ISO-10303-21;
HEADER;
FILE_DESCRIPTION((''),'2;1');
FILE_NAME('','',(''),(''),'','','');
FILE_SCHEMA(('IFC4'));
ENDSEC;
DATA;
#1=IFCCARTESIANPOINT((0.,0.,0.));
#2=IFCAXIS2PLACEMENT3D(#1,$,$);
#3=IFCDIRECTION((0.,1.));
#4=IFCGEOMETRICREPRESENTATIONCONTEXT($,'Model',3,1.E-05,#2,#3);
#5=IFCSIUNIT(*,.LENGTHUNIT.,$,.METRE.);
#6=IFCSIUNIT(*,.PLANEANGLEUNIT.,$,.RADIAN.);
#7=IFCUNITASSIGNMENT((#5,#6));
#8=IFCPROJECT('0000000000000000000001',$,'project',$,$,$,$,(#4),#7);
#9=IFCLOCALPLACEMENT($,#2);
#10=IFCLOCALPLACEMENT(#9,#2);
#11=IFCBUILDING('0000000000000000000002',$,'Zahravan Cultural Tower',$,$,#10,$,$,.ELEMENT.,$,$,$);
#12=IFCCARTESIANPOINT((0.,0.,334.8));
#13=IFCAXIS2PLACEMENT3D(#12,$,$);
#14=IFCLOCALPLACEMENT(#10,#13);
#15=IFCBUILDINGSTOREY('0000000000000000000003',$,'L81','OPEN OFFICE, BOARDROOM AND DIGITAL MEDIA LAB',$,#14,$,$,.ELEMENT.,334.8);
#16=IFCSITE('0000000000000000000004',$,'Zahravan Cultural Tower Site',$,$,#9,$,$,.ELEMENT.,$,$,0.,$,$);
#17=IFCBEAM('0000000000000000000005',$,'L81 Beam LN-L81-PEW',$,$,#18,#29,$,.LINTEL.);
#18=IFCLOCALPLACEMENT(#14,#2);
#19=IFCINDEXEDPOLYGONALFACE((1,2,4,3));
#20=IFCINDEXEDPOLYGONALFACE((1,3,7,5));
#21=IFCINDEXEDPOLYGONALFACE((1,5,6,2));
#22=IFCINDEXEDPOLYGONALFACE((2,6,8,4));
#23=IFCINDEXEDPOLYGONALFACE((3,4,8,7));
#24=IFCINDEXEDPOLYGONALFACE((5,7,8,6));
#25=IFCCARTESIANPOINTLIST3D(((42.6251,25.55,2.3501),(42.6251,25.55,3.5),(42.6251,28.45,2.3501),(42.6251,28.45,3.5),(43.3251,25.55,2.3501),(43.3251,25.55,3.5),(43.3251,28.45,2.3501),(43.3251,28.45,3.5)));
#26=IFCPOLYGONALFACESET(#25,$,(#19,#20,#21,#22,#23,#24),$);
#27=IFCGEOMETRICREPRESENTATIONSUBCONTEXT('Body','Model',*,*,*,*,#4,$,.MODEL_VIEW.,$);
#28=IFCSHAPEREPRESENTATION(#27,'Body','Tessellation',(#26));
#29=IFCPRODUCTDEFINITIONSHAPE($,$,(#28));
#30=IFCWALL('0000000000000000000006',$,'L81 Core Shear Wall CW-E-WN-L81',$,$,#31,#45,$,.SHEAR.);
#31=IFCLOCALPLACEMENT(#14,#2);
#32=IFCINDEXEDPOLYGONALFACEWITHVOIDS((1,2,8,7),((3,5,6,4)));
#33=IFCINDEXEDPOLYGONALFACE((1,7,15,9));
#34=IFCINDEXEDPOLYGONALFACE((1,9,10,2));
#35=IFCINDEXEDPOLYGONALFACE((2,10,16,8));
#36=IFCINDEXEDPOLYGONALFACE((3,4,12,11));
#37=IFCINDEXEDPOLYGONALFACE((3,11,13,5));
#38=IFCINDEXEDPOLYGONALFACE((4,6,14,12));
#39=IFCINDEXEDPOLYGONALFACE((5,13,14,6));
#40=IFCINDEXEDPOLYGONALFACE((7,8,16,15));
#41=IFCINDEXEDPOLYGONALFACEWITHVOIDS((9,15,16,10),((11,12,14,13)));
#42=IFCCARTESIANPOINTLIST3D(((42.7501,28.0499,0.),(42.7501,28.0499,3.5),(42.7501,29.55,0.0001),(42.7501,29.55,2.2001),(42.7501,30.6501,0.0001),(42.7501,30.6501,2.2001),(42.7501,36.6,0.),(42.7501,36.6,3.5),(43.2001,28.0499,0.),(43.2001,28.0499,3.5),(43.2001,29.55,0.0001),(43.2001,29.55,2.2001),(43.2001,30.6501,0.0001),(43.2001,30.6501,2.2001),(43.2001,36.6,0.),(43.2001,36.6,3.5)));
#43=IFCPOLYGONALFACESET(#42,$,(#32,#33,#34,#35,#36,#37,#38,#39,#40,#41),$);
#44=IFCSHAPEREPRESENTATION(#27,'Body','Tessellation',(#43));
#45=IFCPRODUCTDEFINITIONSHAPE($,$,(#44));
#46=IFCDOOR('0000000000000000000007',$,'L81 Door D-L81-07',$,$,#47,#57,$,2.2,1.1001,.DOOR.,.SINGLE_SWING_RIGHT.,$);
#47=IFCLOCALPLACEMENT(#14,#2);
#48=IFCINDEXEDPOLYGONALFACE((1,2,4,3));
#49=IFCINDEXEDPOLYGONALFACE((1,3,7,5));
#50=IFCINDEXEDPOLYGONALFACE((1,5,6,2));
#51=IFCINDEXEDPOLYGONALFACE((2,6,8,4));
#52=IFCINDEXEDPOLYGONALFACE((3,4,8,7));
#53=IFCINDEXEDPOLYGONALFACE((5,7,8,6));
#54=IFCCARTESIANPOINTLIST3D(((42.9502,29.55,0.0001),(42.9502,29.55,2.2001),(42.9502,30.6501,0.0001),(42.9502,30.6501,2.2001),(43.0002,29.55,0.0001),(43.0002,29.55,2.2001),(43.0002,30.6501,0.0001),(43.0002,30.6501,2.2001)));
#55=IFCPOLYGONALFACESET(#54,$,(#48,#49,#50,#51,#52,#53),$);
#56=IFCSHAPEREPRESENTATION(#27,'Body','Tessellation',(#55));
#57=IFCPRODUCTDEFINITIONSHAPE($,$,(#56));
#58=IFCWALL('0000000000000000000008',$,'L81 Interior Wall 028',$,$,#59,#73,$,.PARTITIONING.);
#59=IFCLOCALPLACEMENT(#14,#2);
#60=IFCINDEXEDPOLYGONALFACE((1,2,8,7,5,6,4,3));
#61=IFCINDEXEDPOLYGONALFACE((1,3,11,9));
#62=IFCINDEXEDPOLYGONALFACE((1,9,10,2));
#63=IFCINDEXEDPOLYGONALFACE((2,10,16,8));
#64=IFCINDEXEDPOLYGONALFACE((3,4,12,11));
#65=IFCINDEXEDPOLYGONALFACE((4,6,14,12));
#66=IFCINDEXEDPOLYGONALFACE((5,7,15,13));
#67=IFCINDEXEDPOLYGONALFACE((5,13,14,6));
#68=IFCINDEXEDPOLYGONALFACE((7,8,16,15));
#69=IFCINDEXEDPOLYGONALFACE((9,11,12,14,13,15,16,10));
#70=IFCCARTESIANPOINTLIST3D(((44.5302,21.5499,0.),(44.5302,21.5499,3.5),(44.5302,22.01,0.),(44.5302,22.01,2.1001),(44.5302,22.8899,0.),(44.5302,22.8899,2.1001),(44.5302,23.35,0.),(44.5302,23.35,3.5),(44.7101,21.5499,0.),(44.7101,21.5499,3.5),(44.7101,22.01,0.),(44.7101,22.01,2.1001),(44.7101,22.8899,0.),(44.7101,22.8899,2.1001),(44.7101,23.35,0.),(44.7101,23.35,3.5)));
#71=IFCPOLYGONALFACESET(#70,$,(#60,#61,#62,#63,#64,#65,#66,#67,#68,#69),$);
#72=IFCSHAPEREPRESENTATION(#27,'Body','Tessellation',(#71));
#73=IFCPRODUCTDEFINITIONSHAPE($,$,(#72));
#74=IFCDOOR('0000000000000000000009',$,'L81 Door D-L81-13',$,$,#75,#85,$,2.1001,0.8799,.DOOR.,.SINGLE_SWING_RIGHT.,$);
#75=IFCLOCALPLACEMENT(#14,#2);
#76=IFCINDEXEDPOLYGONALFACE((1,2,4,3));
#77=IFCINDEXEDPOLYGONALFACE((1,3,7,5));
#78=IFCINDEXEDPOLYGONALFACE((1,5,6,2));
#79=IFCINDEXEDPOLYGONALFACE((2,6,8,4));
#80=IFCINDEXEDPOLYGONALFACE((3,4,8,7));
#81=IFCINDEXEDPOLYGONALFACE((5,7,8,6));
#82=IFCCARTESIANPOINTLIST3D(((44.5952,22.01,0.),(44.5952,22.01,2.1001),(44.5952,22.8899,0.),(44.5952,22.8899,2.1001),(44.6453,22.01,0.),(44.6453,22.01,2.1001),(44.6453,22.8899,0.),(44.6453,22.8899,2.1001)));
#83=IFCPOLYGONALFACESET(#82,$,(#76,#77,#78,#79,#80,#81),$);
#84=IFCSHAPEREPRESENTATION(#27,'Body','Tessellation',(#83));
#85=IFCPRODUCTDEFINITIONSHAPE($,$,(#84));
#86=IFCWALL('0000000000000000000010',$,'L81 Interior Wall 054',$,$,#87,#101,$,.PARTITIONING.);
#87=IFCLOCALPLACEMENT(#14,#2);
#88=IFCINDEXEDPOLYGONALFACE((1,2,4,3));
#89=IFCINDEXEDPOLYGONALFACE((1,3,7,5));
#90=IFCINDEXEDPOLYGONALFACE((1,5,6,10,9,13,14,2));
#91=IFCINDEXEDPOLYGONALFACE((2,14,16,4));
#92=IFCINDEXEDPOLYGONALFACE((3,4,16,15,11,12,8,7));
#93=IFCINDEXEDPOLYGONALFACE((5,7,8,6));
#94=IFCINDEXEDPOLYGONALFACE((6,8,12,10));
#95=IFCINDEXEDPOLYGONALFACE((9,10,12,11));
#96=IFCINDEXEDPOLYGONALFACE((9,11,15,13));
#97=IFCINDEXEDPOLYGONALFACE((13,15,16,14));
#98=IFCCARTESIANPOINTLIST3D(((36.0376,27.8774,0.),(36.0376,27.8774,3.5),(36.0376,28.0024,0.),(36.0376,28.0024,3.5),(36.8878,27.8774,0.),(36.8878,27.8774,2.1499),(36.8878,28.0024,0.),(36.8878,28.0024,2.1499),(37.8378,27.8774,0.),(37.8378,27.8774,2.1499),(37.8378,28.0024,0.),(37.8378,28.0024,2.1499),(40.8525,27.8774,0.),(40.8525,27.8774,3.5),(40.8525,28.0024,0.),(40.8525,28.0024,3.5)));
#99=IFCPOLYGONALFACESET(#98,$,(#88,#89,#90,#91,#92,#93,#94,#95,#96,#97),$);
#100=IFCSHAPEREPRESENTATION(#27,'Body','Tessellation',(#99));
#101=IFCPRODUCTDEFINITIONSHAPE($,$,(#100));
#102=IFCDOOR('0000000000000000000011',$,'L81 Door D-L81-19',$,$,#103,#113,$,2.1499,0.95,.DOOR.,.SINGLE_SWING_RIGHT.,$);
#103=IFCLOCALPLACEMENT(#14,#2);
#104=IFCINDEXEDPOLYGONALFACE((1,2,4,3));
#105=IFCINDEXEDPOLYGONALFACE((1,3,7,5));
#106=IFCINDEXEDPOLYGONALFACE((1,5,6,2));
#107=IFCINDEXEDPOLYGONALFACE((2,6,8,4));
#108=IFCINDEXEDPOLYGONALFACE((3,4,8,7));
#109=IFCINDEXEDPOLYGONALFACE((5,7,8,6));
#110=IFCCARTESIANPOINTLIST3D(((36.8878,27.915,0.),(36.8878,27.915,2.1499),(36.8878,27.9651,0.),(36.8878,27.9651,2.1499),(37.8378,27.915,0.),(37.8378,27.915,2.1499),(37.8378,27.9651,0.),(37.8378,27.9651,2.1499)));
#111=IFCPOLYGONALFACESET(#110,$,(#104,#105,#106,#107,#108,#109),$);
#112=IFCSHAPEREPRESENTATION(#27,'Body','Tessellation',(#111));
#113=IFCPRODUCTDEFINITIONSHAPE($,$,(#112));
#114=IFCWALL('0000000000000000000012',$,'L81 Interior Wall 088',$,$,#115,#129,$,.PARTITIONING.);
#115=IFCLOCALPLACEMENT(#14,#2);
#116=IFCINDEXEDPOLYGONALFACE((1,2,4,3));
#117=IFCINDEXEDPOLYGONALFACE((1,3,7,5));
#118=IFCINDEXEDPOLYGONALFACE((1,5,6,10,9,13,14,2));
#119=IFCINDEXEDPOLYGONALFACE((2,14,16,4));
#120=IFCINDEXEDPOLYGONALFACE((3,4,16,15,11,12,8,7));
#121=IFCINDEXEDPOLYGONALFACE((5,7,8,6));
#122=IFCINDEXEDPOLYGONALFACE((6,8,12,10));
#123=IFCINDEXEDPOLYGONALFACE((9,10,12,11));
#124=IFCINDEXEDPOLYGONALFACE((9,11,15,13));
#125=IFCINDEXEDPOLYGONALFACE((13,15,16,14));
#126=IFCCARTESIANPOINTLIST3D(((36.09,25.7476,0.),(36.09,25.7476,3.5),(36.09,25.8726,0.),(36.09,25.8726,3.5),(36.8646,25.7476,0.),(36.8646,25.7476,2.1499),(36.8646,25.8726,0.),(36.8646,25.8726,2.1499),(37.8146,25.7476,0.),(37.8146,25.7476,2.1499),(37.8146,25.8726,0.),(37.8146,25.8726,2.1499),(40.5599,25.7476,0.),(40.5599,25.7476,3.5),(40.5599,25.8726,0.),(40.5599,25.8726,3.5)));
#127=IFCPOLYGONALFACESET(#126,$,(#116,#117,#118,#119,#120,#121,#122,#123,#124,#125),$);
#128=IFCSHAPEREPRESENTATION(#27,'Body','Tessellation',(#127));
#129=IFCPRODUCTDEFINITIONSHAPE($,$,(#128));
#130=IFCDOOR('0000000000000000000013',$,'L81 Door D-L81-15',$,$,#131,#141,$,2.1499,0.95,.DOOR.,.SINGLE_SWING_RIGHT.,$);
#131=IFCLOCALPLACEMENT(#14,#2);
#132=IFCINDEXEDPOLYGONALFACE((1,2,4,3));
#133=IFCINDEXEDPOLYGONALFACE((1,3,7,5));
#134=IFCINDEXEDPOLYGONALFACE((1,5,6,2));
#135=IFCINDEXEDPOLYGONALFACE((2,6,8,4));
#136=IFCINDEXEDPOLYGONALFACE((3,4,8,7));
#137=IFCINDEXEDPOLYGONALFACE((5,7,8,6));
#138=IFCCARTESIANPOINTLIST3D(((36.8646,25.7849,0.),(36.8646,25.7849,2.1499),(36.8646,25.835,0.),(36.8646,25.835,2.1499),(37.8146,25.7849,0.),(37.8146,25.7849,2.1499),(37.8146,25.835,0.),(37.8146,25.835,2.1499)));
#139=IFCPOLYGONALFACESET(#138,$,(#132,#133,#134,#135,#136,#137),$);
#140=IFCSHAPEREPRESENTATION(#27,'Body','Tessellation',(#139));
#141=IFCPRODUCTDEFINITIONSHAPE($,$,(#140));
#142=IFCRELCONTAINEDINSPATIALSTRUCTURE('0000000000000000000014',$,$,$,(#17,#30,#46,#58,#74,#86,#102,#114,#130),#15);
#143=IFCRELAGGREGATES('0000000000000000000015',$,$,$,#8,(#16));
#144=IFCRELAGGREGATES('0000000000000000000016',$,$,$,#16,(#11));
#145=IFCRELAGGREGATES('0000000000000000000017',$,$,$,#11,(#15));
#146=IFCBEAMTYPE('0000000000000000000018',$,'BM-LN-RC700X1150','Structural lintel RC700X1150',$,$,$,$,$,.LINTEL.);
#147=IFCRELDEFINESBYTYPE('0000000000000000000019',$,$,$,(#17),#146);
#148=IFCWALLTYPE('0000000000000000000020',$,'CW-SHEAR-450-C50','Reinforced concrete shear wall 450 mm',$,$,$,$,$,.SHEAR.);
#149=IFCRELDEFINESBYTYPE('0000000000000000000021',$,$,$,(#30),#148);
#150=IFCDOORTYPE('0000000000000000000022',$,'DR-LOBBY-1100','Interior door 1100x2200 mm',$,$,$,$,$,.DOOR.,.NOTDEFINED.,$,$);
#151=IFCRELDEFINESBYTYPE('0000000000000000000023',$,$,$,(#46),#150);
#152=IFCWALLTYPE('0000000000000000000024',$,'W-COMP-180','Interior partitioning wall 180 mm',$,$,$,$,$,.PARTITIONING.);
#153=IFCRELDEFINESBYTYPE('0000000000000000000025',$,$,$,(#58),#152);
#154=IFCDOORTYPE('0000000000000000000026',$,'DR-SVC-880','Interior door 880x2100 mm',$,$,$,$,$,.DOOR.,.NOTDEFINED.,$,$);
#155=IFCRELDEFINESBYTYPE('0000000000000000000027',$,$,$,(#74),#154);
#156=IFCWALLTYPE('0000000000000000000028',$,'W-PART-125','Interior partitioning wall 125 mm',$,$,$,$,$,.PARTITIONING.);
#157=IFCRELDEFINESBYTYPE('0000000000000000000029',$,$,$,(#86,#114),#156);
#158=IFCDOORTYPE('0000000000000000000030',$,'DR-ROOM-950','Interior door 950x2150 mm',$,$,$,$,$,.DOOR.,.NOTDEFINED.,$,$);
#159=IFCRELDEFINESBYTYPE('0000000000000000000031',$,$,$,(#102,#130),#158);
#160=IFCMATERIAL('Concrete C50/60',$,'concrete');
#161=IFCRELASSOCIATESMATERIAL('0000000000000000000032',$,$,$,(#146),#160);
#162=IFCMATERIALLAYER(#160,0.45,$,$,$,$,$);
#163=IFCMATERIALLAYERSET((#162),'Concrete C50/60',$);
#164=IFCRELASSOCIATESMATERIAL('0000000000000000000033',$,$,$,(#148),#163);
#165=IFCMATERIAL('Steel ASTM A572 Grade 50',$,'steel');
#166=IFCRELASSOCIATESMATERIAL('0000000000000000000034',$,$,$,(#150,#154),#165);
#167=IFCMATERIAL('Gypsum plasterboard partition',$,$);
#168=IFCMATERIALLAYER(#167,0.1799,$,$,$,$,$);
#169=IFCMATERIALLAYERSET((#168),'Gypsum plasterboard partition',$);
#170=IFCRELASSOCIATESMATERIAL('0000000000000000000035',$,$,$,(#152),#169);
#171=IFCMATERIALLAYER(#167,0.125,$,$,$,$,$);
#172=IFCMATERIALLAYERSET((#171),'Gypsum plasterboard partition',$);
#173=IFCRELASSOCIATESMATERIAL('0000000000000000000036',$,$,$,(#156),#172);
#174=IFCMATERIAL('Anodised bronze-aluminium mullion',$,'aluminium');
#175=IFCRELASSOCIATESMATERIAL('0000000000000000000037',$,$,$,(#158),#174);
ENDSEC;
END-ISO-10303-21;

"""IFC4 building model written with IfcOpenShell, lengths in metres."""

from ifc_helpers import new_model, si_unit, direction, frame, frame_2d, origin, origin_2d, place, context, subcontext, project, spatial, rectangle, extrude, source, transform, mapped, material, layer, layer_set, material_profile, profile_set, type_object, element, fill, save


model = new_model("IFC4")

# Units and contexts
model_context = context("Model", 3, precision=1e-05, world=origin(), true_north=direction((0.0, 1.0)))
body_context = subcontext(model_context, "Body", "Model", "MODEL_VIEW")
ifc_project = project(units=[si_unit("LENGTHUNIT", "METRE"), si_unit("PLANEANGLEUNIT", "RADIAN")], contexts=[model_context])

# Site, building, storey
site_placement = place(None, origin())
site = spatial("IfcSite", under=ifc_project, at=site_placement, Name="Zahravan Cultural Tower Site", CompositionType="ELEMENT", RefElevation=0.0)
building_placement = place(site_placement, origin())
building = spatial("IfcBuilding", under=site, at=building_placement, Name="Zahravan Cultural Tower", CompositionType="ELEMENT")
storey_placement = place(building_placement, frame((0.0, 0.0, 334.8)))
storey = spatial("IfcBuildingStorey", under=building, at=storey_placement, Name="L81", Description="OPEN OFFICE, BOARDROOM AND DIGITAL MEDIA LAB", CompositionType="ELEMENT", Elevation=334.8)

# Beam
ifc_material_1 = material(Name="Concrete C50/60", Category="concrete")
ifc_material_profile = material_profile(ifc_material_1, rectangle(XDim=0.7, YDim=1.1499, at=origin_2d()), Name="RC700X1150")
ifc_profile_set = profile_set([ifc_material_profile], Name="Concrete C50/60")
beam_type = type_object("IfcBeamType", Name="BM-LN-RC700X1150", Description="Structural lintel RC700X1150", PredefinedType="LINTEL", material=ifc_profile_set)
shared_shape_1 = source(origin(), body_context, "Body", "SweptSolid", [
    extrude(rectangle(XDim=0.7, YDim=1.1499, at=origin_2d()), origin(), (0.0, 0.0, 1.0), 2.8999),
])
beam_placement = place(storey_placement, frame((42.9751, 25.55, 2.925), z_axis=(0.0, 1.0, 0.0), x_axis=(-1.0, 0.0, 0.0)))
element("IfcBeam", 1, at=beam_placement, inside=storey, type_object=beam_type, Name="L81 Beam LN-L81-PEW", PredefinedType="LINTEL", context=body_context, shape_type="MappedRepresentation", body=[
    mapped(shared_shape_1, transform((0.0, 0.0, 0.0), x_axis=(1.0, 0.0, 0.0), y_axis=(0.0, 1.0, 0.0), z_axis=(0.0, 0.0, 1.0), scale=1.0)),
])

# Walls, openings, doors
ifc_layer_1 = layer(ifc_material_1, 0.45)
ifc_layer_set_1 = layer_set([ifc_layer_1], Name="Concrete C50/60")
wall_type_1 = type_object("IfcWallType", Name="CW-SHEAR-450-C50", Description="Reinforced concrete shear wall 450 mm", PredefinedType="SHEAR", material=ifc_layer_set_1)
wall_1_placement = place(storey_placement, frame((42.9751, 28.05, 0.0), z_axis=(0.0, 0.0, 1.0), x_axis=(0.0, 1.0, 0.0)))
wall_1 = element("IfcWall", 2, at=wall_1_placement, inside=storey, type_object=wall_type_1, Name="L81 Core Shear Wall CW-E-WN-L81", PredefinedType="SHEAR", context=body_context, shape_type="SweptSolid", body=[
    extrude(rectangle(XDim=8.55, YDim=0.45, at=frame_2d((4.2749, 0.0))), origin(), (0.0, 0.0, 1.0), 3.5),
])
opening_1_placement = place(wall_1_placement, frame((1.5, 0.0, 0.0)))
opening_1 = element("IfcOpeningElement", 3, at=opening_1_placement, cuts=wall_1, PredefinedType="OPENING", context=body_context, shape_type="SweptSolid", body=[
    extrude(rectangle(XDim=1.1001, YDim=2.2, at=frame_2d((0.55, 1.1001))), frame((0.0, 0.2349, 0.0), z_axis=(0.0, -1.0, 0.0), x_axis=(1.0, 0.0, 0.0)), (0.0, 0.0, 1.0), 0.47),
])
ifc_material_2 = material(Name="Steel ASTM A572 Grade 50", Category="steel")
door_type_1 = type_object("IfcDoorType", Name="DR-LOBBY-1100", Description="Interior door 1100x2200 mm", OperationType="NOTDEFINED", PredefinedType="DOOR", material=ifc_material_2)
shared_shape_2 = source(origin(), body_context, "Body", "SweptSolid", [
    extrude(rectangle(XDim=1.1001, YDim=2.2, at=frame_2d((0.55, 1.1001))), frame((0.0, 0.0249, 0.0), z_axis=(0.0, -1.0, 0.0), x_axis=(1.0, 0.0, 0.0)), (0.0, 0.0, 1.0), 0.05),
])
door_1_placement = place(opening_1_placement, origin())
door_1 = element("IfcDoor", 4, at=door_1_placement, inside=storey, type_object=door_type_1, Name="L81 Door D-L81-07", OperationType="SINGLE_SWING_RIGHT", OverallHeight=2.2, OverallWidth=1.1001, PredefinedType="DOOR", context=body_context, shape_type="MappedRepresentation", body=[
    mapped(shared_shape_2, transform((0.0, 0.0, 0.0), x_axis=(1.0, 0.0, 0.0), y_axis=(0.0, 1.0, 0.0), z_axis=(0.0, 0.0, 1.0), scale=1.0)),
])
fill(opening_1, door_1)
ifc_material_3 = material(Name="Gypsum plasterboard partition")
ifc_layer_2 = layer(ifc_material_3, 0.1799)
ifc_layer_set_2 = layer_set([ifc_layer_2], Name="Gypsum plasterboard partition")
wall_type_2 = type_object("IfcWallType", Name="W-COMP-180", Description="Interior partitioning wall 180 mm", PredefinedType="PARTITIONING", material=ifc_layer_set_2)
wall_2_placement = place(storey_placement, frame((44.6201, 21.55, 0.0), z_axis=(0.0, 0.0, 1.0), x_axis=(0.0, 1.0, 0.0)))
wall_2 = element("IfcWall", 5, at=wall_2_placement, inside=storey, type_object=wall_type_2, Name="L81 Interior Wall 028", PredefinedType="PARTITIONING", context=body_context, shape_type="SweptSolid", body=[
    extrude(rectangle(XDim=1.8, YDim=0.1799, at=frame_2d((0.8999, 0.0))), origin(), (0.0, 0.0, 1.0), 3.5),
])
opening_2_placement = place(wall_2_placement, frame((0.46, 0.0, 0.0)))
opening_2 = element("IfcOpeningElement", 6, at=opening_2_placement, cuts=wall_2, PredefinedType="OPENING", context=body_context, shape_type="SweptSolid", body=[
    extrude(rectangle(XDim=0.8799, YDim=2.1001, at=frame_2d((0.4399, 1.05))), frame((0.0, 0.0999, 0.0), z_axis=(0.0, -1.0, 0.0), x_axis=(1.0, 0.0, 0.0)), (0.0, 0.0, 1.0), 0.2),
])
door_type_2 = type_object("IfcDoorType", Name="DR-SVC-880", Description="Interior door 880x2100 mm", OperationType="NOTDEFINED", PredefinedType="DOOR", material=ifc_material_2)
shared_shape_3 = source(origin(), body_context, "Body", "SweptSolid", [
    extrude(rectangle(XDim=0.8799, YDim=2.1001, at=frame_2d((0.4399, 1.05))), frame((0.0, 0.0249, 0.0), z_axis=(0.0, -1.0, 0.0), x_axis=(1.0, 0.0, 0.0)), (0.0, 0.0, 1.0), 0.05),
])
door_2_placement = place(opening_2_placement, origin())
door_2 = element("IfcDoor", 7, at=door_2_placement, inside=storey, type_object=door_type_2, Name="L81 Door D-L81-13", OperationType="SINGLE_SWING_RIGHT", OverallHeight=2.1001, OverallWidth=0.8799, PredefinedType="DOOR", context=body_context, shape_type="MappedRepresentation", body=[
    mapped(shared_shape_3, transform((0.0, 0.0, 0.0), x_axis=(1.0, 0.0, 0.0), y_axis=(0.0, 1.0, 0.0), z_axis=(0.0, 0.0, 1.0), scale=1.0)),
])
fill(opening_2, door_2)
ifc_layer_3 = layer(ifc_material_3, 0.125)
ifc_layer_set_3 = layer_set([ifc_layer_3], Name="Gypsum plasterboard partition")
wall_type_3 = type_object("IfcWallType", Name="W-PART-125", Description="Interior partitioning wall 125 mm", PredefinedType="PARTITIONING", material=ifc_layer_set_3)
wall_3_placement = place(storey_placement, frame((40.8525, 27.9399, 0.0), z_axis=(0.0, 0.0, 1.0), x_axis=(-1.0, 0.0, 0.0)))
wall_3 = element("IfcWall", 8, at=wall_3_placement, inside=storey, type_object=wall_type_3, Name="L81 Interior Wall 054", PredefinedType="PARTITIONING", context=body_context, shape_type="SweptSolid", body=[
    extrude(rectangle(XDim=4.8149, YDim=0.125, at=frame_2d((2.4075, 0.0))), origin(), (0.0, 0.0, 1.0), 3.5),
])
opening_3_placement = place(wall_3_placement, frame((3.0146, 0.0, 0.0)))
opening_3 = element("IfcOpeningElement", 9, at=opening_3_placement, cuts=wall_3, PredefinedType="OPENING", context=body_context, shape_type="SweptSolid", body=[
    extrude(rectangle(XDim=0.95, YDim=2.1499, at=frame_2d((0.4751, 1.075))), frame((0.0, 0.0725, 0.0), z_axis=(0.0, -1.0, 0.0), x_axis=(1.0, 0.0, 0.0)), (0.0, 0.0, 1.0), 0.145),
])
ifc_material_4 = material(Name="Anodised bronze-aluminium mullion", Category="aluminium")
door_type_3 = type_object("IfcDoorType", Name="DR-ROOM-950", Description="Interior door 950x2150 mm", OperationType="NOTDEFINED", PredefinedType="DOOR", material=ifc_material_4)
shared_shape_4 = source(origin(), body_context, "Body", "SweptSolid", [
    extrude(rectangle(XDim=0.95, YDim=2.1499, at=frame_2d((0.4751, 1.075))), frame((0.0, 0.0249, 0.0), z_axis=(0.0, -1.0, 0.0), x_axis=(1.0, 0.0, 0.0)), (0.0, 0.0, 1.0), 0.05),
])
door_3_placement = place(opening_3_placement, origin())
door_3 = element("IfcDoor", 10, at=door_3_placement, inside=storey, type_object=door_type_3, Name="L81 Door D-L81-19", OperationType="SINGLE_SWING_RIGHT", OverallHeight=2.1499, OverallWidth=0.95, PredefinedType="DOOR", context=body_context, shape_type="MappedRepresentation", body=[
    mapped(shared_shape_4, transform((0.0, 0.0, 0.0), x_axis=(1.0, 0.0, 0.0), y_axis=(0.0, 1.0, 0.0), z_axis=(0.0, 0.0, 1.0), scale=1.0)),
])
fill(opening_3, door_3)
wall_4_placement = place(storey_placement, frame((36.0901, 25.8101, 0.0), z_axis=(0.0, 0.0, 1.0), x_axis=(1.0, 0.0, 0.0)))
wall_4 = element("IfcWall", 11, at=wall_4_placement, inside=storey, type_object=wall_type_3, Name="L81 Interior Wall 088", PredefinedType="PARTITIONING", context=body_context, shape_type="SweptSolid", body=[
    extrude(rectangle(XDim=4.47, YDim=0.125, at=frame_2d((2.2349, 0.0))), origin(), (0.0, 0.0, 1.0), 3.5),
])
opening_4_placement = place(wall_4_placement, frame((0.7744, 0.0, 0.0)))
opening_4 = element("IfcOpeningElement", 12, at=opening_4_placement, cuts=wall_4, PredefinedType="OPENING", context=body_context, shape_type="SweptSolid", body=[
    extrude(rectangle(XDim=0.95, YDim=2.1499, at=frame_2d((0.4751, 1.075))), frame((0.0, 0.0725, 0.0), z_axis=(0.0, -1.0, 0.0), x_axis=(1.0, 0.0, 0.0)), (0.0, 0.0, 1.0), 0.145),
])
door_4_placement = place(opening_4_placement, origin())
door_4 = element("IfcDoor", 13, at=door_4_placement, inside=storey, type_object=door_type_3, Name="L81 Door D-L81-15", OperationType="SINGLE_SWING_RIGHT", OverallHeight=2.1499, OverallWidth=0.95, PredefinedType="DOOR", context=body_context, shape_type="MappedRepresentation", body=[
    mapped(shared_shape_4, transform((0.0, 0.0, 0.0), x_axis=(1.0, 0.0, 0.0), y_axis=(0.0, 1.0, 0.0), z_axis=(0.0, 0.0, 1.0), scale=1.0)),
])
fill(opening_4, door_4)

save(model, "model.ifc")
